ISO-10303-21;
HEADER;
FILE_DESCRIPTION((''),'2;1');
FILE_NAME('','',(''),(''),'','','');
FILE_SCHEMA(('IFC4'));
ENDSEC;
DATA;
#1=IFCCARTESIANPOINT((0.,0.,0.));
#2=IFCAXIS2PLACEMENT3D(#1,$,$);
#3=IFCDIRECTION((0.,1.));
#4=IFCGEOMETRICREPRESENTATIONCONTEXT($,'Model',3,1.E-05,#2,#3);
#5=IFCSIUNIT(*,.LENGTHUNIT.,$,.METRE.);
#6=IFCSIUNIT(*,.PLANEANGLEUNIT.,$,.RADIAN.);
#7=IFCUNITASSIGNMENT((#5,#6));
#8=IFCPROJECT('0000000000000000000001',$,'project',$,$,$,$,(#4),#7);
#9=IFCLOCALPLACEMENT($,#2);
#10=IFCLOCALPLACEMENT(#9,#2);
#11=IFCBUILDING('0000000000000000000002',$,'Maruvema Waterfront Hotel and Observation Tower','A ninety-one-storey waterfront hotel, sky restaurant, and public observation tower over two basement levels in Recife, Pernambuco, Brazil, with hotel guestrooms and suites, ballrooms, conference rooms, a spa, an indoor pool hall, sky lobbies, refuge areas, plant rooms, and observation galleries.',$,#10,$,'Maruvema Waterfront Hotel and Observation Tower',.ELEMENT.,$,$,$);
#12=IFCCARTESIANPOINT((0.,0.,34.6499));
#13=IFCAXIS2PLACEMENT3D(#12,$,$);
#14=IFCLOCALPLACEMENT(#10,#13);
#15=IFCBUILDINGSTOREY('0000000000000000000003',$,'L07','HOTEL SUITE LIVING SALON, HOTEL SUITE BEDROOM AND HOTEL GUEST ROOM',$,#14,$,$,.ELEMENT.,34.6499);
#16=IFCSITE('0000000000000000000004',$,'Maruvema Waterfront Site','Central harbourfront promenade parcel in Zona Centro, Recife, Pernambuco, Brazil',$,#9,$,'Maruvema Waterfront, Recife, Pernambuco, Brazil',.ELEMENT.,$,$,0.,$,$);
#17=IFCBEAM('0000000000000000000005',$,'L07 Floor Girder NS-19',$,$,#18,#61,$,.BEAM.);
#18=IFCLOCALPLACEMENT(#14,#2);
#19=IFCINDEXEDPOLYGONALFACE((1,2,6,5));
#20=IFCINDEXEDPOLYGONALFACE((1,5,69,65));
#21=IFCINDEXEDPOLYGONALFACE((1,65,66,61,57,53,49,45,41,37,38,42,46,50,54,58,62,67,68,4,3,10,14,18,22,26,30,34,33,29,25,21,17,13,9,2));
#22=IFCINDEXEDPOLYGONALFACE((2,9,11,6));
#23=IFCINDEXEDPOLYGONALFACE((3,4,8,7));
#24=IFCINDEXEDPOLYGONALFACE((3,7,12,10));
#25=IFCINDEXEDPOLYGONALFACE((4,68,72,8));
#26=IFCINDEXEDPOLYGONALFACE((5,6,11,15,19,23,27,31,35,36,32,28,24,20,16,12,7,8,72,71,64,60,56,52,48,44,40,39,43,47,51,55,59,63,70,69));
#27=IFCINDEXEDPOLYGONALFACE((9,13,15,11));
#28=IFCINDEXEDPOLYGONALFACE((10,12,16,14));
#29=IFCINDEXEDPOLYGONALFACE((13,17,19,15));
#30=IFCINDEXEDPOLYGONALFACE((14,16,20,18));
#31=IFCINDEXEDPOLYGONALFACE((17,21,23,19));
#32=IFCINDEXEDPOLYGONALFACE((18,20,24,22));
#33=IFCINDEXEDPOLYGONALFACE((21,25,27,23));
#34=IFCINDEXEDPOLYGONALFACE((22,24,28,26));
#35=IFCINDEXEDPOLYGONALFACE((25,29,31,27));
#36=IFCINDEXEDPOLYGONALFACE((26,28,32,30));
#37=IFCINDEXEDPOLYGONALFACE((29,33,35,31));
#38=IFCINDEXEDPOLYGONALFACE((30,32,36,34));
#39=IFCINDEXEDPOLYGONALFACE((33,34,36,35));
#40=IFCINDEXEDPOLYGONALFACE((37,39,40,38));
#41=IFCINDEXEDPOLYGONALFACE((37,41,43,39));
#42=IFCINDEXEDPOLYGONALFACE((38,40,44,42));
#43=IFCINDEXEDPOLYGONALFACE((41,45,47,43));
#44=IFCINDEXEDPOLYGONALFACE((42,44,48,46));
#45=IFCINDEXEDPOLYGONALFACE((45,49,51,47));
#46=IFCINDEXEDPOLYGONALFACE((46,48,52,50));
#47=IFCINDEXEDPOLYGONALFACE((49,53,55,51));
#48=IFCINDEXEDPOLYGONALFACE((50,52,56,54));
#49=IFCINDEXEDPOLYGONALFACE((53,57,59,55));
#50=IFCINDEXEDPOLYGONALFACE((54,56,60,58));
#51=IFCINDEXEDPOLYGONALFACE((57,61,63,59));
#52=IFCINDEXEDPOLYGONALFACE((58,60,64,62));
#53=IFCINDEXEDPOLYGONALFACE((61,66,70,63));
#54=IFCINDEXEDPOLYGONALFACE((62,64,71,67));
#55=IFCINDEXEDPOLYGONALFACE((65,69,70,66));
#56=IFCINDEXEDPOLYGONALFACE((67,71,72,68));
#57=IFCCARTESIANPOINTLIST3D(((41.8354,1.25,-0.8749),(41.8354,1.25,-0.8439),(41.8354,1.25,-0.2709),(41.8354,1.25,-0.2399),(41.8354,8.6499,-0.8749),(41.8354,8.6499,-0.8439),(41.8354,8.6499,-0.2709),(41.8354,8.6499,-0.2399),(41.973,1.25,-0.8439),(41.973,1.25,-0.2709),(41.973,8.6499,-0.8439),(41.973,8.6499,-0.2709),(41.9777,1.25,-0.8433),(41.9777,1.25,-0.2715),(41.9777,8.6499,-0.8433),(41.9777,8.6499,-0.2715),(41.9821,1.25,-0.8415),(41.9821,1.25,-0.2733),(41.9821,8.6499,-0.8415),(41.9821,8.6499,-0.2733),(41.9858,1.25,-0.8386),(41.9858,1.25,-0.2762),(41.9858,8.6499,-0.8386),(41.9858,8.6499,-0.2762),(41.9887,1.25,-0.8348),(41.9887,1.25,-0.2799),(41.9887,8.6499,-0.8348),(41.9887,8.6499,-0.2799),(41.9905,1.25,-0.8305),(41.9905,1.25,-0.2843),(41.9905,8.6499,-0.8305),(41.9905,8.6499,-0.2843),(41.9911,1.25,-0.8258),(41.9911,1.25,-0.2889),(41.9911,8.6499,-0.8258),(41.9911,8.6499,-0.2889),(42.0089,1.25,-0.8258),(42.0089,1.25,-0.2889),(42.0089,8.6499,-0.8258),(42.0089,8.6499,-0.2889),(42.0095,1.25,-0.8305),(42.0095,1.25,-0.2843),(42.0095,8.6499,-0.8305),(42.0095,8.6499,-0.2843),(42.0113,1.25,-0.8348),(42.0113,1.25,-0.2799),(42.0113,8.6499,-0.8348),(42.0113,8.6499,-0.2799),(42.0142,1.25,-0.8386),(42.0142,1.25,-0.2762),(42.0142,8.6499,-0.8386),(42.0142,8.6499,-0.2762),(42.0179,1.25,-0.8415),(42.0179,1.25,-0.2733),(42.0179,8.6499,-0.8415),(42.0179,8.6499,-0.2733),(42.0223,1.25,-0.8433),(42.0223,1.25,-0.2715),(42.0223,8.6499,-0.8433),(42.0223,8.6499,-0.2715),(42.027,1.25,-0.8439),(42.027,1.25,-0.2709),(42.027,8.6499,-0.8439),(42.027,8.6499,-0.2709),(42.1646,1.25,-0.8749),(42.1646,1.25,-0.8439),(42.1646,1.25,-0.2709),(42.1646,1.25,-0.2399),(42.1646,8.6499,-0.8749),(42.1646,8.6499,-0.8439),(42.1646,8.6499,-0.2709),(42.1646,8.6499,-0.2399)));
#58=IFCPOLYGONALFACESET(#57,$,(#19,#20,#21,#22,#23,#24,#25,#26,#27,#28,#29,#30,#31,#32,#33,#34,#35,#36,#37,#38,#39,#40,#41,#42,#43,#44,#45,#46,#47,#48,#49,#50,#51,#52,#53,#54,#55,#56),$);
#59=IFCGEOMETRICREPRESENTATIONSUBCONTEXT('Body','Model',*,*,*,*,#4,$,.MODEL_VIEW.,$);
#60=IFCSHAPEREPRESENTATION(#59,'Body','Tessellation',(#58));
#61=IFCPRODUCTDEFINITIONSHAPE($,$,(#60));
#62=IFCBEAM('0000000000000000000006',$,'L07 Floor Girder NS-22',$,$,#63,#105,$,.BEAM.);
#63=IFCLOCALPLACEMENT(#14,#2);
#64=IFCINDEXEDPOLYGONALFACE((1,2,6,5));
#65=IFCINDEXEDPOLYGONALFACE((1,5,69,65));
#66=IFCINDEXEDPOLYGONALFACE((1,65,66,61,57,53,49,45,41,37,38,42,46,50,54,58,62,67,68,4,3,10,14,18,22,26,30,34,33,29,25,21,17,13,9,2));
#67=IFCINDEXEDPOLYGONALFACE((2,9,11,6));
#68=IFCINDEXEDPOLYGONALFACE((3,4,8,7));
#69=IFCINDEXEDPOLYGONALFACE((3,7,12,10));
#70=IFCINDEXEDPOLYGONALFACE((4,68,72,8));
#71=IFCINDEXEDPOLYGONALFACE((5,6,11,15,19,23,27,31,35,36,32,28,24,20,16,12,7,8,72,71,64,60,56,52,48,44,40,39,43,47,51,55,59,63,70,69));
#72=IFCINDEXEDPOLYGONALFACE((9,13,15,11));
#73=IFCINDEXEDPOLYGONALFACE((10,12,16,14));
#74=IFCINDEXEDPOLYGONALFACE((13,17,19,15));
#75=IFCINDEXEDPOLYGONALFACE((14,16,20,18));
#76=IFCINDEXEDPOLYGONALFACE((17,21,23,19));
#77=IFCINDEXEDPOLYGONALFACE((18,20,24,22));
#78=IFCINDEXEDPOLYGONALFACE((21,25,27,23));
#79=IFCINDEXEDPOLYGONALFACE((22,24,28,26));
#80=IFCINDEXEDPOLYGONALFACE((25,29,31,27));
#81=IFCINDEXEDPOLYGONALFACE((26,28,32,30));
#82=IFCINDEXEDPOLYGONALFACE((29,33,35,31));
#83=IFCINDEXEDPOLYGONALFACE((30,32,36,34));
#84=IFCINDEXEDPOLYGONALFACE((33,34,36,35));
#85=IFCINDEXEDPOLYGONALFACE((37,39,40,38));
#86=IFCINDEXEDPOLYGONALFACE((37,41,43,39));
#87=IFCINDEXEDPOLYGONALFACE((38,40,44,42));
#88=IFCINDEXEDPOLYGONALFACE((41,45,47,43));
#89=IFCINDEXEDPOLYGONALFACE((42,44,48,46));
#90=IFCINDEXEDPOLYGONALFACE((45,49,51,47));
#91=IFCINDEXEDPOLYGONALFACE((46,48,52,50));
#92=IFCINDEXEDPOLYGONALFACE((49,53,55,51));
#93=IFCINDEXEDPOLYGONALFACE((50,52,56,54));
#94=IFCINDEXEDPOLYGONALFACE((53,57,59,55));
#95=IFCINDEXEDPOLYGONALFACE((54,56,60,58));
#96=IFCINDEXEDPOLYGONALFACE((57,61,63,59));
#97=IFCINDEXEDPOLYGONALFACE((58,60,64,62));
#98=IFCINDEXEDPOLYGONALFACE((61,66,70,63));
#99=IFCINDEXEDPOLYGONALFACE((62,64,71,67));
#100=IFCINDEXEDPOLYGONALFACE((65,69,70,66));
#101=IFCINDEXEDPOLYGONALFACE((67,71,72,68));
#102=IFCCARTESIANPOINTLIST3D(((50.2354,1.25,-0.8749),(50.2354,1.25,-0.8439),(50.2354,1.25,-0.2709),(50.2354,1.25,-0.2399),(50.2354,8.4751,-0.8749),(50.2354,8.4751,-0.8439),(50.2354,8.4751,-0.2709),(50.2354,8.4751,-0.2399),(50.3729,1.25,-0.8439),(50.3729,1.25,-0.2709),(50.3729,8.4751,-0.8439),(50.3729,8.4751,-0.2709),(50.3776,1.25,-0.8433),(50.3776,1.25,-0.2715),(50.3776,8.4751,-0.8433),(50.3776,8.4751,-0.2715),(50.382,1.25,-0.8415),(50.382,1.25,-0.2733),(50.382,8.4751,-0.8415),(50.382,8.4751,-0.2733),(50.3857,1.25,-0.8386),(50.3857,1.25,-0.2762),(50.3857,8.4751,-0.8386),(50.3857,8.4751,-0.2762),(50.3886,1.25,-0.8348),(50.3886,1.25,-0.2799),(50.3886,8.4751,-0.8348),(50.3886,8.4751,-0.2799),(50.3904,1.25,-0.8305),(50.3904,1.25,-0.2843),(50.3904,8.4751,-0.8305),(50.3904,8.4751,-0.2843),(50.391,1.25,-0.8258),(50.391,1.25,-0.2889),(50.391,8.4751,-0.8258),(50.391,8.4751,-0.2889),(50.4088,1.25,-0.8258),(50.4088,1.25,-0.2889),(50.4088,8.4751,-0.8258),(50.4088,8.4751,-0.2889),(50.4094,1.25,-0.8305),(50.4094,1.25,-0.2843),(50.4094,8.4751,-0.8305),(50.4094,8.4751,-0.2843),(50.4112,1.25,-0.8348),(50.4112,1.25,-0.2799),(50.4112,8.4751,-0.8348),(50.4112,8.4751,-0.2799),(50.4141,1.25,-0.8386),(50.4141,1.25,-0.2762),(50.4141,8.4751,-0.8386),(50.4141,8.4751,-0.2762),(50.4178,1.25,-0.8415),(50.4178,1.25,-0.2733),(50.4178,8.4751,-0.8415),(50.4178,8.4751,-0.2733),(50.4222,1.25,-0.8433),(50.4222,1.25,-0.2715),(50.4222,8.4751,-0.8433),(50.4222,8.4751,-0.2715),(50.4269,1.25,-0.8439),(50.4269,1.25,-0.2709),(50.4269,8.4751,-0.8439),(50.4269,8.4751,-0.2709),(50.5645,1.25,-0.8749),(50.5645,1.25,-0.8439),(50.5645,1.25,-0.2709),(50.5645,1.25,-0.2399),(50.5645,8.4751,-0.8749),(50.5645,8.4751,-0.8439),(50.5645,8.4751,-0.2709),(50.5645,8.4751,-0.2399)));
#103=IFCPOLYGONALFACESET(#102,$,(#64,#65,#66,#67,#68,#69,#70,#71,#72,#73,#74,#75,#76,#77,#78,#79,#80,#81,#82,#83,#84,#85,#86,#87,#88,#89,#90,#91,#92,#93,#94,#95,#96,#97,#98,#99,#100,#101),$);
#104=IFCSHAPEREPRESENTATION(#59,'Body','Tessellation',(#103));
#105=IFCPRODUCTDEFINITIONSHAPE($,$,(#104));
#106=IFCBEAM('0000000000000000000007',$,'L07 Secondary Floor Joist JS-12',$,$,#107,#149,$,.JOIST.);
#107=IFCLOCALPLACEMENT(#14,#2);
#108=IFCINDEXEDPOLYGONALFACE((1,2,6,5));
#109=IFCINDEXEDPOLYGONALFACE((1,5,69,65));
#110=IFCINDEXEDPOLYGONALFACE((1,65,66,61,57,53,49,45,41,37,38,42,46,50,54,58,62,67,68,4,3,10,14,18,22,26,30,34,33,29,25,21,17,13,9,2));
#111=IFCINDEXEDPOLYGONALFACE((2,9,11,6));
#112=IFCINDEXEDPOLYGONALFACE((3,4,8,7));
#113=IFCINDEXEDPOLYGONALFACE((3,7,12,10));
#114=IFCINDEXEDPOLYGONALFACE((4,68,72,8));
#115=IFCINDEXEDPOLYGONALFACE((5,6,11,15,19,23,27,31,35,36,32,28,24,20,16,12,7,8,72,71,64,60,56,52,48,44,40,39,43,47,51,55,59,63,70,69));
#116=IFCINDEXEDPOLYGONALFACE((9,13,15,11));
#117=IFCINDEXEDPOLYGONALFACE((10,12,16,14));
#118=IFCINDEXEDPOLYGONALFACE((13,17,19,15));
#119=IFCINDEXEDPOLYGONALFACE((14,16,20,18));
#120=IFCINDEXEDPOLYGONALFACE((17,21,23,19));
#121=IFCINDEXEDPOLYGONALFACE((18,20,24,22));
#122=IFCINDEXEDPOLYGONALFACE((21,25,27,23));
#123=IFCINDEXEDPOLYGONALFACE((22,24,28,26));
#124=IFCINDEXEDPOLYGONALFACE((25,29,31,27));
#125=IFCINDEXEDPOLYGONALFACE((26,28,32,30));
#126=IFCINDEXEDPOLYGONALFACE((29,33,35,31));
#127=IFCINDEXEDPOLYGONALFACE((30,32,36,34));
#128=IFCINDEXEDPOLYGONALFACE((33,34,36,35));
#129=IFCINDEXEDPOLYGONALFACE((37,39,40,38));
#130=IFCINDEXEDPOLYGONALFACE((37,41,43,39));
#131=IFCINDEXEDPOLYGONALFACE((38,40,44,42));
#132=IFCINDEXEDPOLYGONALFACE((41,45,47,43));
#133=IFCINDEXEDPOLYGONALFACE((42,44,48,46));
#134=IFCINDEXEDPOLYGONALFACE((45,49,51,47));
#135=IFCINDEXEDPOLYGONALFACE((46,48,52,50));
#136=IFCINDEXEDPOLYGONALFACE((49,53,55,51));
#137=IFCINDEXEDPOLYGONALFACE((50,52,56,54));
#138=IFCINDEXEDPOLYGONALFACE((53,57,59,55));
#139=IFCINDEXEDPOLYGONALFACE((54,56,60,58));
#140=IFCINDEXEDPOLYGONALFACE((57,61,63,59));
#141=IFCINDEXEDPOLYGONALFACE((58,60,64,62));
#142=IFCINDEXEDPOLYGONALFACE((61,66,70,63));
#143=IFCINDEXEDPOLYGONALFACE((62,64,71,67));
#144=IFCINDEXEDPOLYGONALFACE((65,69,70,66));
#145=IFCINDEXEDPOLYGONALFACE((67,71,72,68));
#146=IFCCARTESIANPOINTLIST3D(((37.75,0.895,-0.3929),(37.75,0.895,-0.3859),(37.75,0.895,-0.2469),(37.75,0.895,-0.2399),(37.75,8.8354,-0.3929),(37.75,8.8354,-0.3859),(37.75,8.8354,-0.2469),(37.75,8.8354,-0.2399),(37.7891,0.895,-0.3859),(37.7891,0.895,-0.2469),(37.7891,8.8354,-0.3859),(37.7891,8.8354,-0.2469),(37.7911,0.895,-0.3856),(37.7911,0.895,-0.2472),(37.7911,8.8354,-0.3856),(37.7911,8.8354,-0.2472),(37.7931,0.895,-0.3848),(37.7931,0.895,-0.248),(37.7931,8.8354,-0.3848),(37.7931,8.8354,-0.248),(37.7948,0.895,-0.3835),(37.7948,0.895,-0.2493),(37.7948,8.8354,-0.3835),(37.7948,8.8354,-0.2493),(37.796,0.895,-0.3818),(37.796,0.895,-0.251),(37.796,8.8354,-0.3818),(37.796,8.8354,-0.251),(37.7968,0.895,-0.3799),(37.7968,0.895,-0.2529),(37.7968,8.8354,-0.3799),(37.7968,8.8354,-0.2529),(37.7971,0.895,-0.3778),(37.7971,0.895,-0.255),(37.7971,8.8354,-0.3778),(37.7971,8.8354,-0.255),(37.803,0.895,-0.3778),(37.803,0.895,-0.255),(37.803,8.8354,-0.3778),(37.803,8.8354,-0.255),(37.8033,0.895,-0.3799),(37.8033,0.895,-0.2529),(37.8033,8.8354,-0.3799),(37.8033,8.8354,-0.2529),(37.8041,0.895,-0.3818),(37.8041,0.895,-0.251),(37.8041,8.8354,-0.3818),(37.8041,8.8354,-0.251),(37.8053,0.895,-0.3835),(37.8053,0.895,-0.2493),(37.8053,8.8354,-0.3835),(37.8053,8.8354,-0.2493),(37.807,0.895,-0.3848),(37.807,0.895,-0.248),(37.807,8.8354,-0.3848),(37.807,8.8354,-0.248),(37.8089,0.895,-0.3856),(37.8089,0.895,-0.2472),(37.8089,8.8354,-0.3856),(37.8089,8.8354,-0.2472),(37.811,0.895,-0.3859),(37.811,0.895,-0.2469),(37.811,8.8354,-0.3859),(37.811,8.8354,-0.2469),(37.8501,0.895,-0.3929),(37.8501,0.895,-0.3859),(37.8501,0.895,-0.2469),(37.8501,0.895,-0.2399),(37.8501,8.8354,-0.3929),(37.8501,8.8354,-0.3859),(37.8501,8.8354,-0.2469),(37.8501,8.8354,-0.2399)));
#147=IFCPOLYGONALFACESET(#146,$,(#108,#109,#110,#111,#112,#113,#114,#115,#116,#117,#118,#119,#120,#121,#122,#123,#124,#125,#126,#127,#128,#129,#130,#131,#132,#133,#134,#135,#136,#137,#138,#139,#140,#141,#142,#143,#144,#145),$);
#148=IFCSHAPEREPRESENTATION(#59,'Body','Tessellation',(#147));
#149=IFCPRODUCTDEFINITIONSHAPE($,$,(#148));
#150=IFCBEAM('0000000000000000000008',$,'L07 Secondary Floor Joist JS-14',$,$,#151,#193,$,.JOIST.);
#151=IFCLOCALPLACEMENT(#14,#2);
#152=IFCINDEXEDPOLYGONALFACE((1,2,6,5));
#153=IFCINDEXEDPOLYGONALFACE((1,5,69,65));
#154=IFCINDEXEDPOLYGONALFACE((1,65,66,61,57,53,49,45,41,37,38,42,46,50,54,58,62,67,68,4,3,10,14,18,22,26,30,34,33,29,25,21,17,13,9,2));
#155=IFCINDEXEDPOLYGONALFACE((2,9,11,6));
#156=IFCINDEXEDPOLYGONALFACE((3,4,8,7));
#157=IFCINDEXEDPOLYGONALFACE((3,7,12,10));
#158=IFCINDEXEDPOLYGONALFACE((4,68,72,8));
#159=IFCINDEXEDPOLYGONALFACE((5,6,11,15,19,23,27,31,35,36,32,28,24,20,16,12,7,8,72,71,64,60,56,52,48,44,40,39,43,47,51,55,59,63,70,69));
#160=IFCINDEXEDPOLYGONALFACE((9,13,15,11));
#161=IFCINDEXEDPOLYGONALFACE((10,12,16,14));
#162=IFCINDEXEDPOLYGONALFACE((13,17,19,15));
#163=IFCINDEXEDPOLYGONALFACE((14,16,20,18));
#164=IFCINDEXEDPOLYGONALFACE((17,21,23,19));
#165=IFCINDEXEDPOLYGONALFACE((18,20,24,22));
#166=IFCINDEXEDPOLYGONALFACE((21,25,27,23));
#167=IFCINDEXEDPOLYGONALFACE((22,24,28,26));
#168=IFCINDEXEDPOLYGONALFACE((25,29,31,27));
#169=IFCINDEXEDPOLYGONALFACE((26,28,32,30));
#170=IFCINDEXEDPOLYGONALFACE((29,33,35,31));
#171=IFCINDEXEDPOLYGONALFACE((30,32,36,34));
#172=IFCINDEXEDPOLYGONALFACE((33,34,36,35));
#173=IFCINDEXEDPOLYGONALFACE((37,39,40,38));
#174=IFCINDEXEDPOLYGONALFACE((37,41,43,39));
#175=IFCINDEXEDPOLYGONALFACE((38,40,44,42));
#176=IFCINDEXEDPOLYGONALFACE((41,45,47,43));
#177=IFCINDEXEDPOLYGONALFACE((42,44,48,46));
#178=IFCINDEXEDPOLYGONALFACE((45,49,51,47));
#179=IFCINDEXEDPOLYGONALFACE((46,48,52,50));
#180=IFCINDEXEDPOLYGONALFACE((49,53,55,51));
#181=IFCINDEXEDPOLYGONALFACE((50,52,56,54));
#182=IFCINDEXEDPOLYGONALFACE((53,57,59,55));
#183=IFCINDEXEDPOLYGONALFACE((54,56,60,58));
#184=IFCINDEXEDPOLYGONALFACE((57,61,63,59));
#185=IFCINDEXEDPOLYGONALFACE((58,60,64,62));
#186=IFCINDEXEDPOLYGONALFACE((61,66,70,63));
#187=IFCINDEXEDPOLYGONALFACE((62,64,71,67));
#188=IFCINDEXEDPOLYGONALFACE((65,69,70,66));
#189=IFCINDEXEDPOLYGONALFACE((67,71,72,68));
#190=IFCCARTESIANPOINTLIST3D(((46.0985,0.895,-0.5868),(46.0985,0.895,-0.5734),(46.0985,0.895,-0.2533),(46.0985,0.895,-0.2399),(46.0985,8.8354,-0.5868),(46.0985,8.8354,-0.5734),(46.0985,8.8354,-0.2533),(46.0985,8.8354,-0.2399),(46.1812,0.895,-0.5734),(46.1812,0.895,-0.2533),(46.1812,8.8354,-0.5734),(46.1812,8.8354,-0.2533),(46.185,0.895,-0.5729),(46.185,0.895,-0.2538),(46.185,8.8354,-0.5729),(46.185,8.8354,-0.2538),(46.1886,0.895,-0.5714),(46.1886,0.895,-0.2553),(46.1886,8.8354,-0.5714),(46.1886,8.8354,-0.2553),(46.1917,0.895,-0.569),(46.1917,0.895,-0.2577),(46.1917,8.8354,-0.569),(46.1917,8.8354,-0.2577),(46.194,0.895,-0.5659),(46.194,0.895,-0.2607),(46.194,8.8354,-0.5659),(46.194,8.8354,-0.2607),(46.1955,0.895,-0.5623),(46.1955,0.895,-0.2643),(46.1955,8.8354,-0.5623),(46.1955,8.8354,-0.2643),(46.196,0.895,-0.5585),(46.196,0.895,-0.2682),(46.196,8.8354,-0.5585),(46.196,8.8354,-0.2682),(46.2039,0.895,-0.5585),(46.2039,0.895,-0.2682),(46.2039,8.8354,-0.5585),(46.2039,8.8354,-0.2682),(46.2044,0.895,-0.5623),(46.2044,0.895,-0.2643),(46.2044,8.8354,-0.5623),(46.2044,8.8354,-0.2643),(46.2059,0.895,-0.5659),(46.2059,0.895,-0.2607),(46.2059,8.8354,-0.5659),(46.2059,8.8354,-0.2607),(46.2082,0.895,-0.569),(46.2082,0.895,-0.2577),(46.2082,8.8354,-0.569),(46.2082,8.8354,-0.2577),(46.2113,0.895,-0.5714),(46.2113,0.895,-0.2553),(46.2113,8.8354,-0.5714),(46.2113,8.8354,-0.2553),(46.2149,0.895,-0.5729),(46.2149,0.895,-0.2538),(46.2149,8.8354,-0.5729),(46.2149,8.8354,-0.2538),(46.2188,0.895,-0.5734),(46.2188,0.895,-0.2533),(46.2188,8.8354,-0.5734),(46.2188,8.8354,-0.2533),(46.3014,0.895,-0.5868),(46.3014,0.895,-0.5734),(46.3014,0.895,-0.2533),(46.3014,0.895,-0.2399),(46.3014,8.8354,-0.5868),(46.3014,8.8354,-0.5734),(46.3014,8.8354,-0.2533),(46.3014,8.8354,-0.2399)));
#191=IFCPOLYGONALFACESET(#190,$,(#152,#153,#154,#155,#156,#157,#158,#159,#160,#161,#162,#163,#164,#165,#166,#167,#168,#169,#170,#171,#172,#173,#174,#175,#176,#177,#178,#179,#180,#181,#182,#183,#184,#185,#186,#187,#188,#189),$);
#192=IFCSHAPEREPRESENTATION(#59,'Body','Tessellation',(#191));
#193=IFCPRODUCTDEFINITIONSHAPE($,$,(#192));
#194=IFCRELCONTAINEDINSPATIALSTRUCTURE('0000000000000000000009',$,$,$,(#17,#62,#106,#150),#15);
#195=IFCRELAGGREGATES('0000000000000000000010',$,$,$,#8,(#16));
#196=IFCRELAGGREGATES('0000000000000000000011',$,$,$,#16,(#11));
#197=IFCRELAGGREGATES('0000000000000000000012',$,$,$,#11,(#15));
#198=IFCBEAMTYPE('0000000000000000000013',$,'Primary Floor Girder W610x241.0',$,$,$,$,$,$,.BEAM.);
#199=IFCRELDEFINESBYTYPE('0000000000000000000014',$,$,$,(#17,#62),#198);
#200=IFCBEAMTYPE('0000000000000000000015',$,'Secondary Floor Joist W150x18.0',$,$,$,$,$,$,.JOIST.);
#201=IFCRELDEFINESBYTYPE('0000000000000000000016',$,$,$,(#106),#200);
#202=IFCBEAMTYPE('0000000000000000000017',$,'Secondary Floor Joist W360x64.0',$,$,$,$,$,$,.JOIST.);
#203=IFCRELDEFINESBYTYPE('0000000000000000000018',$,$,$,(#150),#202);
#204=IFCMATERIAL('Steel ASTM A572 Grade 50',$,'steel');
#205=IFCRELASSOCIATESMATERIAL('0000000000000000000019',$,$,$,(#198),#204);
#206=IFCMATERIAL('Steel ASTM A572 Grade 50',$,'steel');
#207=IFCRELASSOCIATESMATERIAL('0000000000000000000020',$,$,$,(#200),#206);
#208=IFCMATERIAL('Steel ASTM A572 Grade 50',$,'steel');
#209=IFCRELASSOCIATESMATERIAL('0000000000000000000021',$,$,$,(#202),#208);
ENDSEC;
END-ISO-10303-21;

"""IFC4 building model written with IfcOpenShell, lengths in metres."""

from ifc_helpers import new_model, si_unit, direction, frame, origin, origin_2d, place, context, subcontext, project, spatial, i_section, extrude, material, material_profile, profile_set, type_object, element, save


model = new_model("IFC4")

# Units and contexts
model_context = context("Model", 3, precision=1e-05, world=origin(), true_north=direction((0.0, 1.0)))
body_context = subcontext(model_context, "Body", "Model", "MODEL_VIEW")
ifc_project = project(units=[si_unit("LENGTHUNIT", "METRE"), si_unit("PLANEANGLEUNIT", "RADIAN")], contexts=[model_context])

# Site, building, storey
site_placement = place(None, origin())
site = spatial("IfcSite", under=ifc_project, at=site_placement, Name="Maruvema Waterfront Site", Description="Central harbourfront promenade parcel in Zona Centro, Recife, Pernambuco, Brazil", LongName="Maruvema Waterfront, Recife, Pernambuco, Brazil", CompositionType="ELEMENT", RefElevation=0.0)
building_placement = place(site_placement, origin())
building = spatial("IfcBuilding", under=site, at=building_placement, Name="Maruvema Waterfront Hotel and Observation Tower", Description="A ninety-one-storey waterfront hotel, sky restaurant, and public observation tower over two basement levels in Recife, Pernambuco, Brazil, with hotel guestrooms and suites, ballrooms, conference rooms, a spa, an indoor pool hall, sky lobbies, refuge areas, plant rooms, and observation galleries.", LongName="Maruvema Waterfront Hotel and Observation Tower", CompositionType="ELEMENT")
storey_placement = place(building_placement, frame((0.0, 0.0, 34.6499)))
storey = spatial("IfcBuildingStorey", under=building, at=storey_placement, Name="L07", Description="HOTEL SUITE LIVING SALON, HOTEL SUITE BEDROOM AND HOTEL GUEST ROOM", CompositionType="ELEMENT", Elevation=34.6499)

# Beams
ifc_material_1 = material(Name="Steel ASTM A572 Grade 50", Category="steel")
ifc_material_profile_1 = material_profile(ifc_material_1, i_section(OverallWidth=0.3291, OverallDepth=0.635, WebThickness=0.0178, FlangeThickness=0.031, FilletRadius=0.0181, at=origin_2d()), Name="W610x241.0")
ifc_profile_set_1 = profile_set([ifc_material_profile_1], Name="Steel ASTM A572 Grade 50")
beam_type_1 = type_object("IfcBeamType", Name="Primary Floor Girder W610x241.0", PredefinedType="BEAM", material=ifc_profile_set_1)
beam_1_placement = place(storey_placement, frame((42.0, 1.25, -0.5574), z_axis=(0.0, 1.0, 0.0), x_axis=(-1.0, 0.0, 0.0)))
element("IfcBeam", 1, at=beam_1_placement, inside=storey, type_object=beam_type_1, Name="L07 Floor Girder NS-19", PredefinedType="BEAM", context=body_context, shape_type="SweptSolid", body=[
    extrude(i_section(OverallWidth=0.3291, OverallDepth=0.635, WebThickness=0.0178, FlangeThickness=0.031, FilletRadius=0.0181, at=origin_2d()), origin(), (0.0, 0.0, 1.0), 7.3999),
])
beam_2_placement = place(storey_placement, frame((50.3999, 1.25, -0.5574), z_axis=(0.0, 1.0, 0.0), x_axis=(-1.0, 0.0, 0.0)))
element("IfcBeam", 2, at=beam_2_placement, inside=storey, type_object=beam_type_1, Name="L07 Floor Girder NS-22", PredefinedType="BEAM", context=body_context, shape_type="SweptSolid", body=[
    extrude(i_section(OverallWidth=0.3291, OverallDepth=0.635, WebThickness=0.0178, FlangeThickness=0.031, FilletRadius=0.0181, at=origin_2d()), origin(), (0.0, 0.0, 1.0), 7.2251),
])
ifc_material_2 = material(Name="Steel ASTM A572 Grade 50", Category="steel")
ifc_material_profile_2 = material_profile(ifc_material_2, i_section(OverallWidth=0.1001, OverallDepth=0.1531, WebThickness=0.0059, FlangeThickness=0.0071, FilletRadius=0.0081, at=origin_2d()), Name="W150x18.0")
ifc_profile_set_2 = profile_set([ifc_material_profile_2], Name="Steel ASTM A572 Grade 50")
beam_type_2 = type_object("IfcBeamType", Name="Secondary Floor Joist W150x18.0", PredefinedType="JOIST", material=ifc_profile_set_2)
beam_3_placement = place(storey_placement, frame((37.8, 0.895, -0.3164), z_axis=(0.0, 1.0, 0.0), x_axis=(-1.0, 0.0, 0.0)))
element("IfcBeam", 3, at=beam_3_placement, inside=storey, type_object=beam_type_2, Name="L07 Secondary Floor Joist JS-12", PredefinedType="JOIST", context=body_context, shape_type="SweptSolid", body=[
    extrude(i_section(OverallWidth=0.1001, OverallDepth=0.1531, WebThickness=0.0059, FlangeThickness=0.0071, FilletRadius=0.0081, at=origin_2d()), origin(), (0.0, 0.0, 1.0), 7.9404),
])
ifc_material_3 = material(Name="Steel ASTM A572 Grade 50", Category="steel")
ifc_material_profile_3 = material_profile(ifc_material_3, i_section(OverallWidth=0.2029, OverallDepth=0.3469, WebThickness=0.0078, FlangeThickness=0.0134, FilletRadius=0.0149, at=origin_2d()), Name="W360x64.0")
ifc_profile_set_3 = profile_set([ifc_material_profile_3], Name="Steel ASTM A572 Grade 50")
beam_type_3 = type_object("IfcBeamType", Name="Secondary Floor Joist W360x64.0", PredefinedType="JOIST", material=ifc_profile_set_3)
beam_4_placement = place(storey_placement, frame((46.2, 0.895, -0.4133), z_axis=(0.0, 1.0, 0.0), x_axis=(-1.0, 0.0, 0.0)))
element("IfcBeam", 4, at=beam_4_placement, inside=storey, type_object=beam_type_3, Name="L07 Secondary Floor Joist JS-14", PredefinedType="JOIST", context=body_context, shape_type="SweptSolid", body=[
    extrude(i_section(OverallWidth=0.2029, OverallDepth=0.3469, WebThickness=0.0078, FlangeThickness=0.0134, FilletRadius=0.0149, at=origin_2d()), origin(), (0.0, 0.0, 1.0), 7.9404),
])

save(model, "model.ifc")
